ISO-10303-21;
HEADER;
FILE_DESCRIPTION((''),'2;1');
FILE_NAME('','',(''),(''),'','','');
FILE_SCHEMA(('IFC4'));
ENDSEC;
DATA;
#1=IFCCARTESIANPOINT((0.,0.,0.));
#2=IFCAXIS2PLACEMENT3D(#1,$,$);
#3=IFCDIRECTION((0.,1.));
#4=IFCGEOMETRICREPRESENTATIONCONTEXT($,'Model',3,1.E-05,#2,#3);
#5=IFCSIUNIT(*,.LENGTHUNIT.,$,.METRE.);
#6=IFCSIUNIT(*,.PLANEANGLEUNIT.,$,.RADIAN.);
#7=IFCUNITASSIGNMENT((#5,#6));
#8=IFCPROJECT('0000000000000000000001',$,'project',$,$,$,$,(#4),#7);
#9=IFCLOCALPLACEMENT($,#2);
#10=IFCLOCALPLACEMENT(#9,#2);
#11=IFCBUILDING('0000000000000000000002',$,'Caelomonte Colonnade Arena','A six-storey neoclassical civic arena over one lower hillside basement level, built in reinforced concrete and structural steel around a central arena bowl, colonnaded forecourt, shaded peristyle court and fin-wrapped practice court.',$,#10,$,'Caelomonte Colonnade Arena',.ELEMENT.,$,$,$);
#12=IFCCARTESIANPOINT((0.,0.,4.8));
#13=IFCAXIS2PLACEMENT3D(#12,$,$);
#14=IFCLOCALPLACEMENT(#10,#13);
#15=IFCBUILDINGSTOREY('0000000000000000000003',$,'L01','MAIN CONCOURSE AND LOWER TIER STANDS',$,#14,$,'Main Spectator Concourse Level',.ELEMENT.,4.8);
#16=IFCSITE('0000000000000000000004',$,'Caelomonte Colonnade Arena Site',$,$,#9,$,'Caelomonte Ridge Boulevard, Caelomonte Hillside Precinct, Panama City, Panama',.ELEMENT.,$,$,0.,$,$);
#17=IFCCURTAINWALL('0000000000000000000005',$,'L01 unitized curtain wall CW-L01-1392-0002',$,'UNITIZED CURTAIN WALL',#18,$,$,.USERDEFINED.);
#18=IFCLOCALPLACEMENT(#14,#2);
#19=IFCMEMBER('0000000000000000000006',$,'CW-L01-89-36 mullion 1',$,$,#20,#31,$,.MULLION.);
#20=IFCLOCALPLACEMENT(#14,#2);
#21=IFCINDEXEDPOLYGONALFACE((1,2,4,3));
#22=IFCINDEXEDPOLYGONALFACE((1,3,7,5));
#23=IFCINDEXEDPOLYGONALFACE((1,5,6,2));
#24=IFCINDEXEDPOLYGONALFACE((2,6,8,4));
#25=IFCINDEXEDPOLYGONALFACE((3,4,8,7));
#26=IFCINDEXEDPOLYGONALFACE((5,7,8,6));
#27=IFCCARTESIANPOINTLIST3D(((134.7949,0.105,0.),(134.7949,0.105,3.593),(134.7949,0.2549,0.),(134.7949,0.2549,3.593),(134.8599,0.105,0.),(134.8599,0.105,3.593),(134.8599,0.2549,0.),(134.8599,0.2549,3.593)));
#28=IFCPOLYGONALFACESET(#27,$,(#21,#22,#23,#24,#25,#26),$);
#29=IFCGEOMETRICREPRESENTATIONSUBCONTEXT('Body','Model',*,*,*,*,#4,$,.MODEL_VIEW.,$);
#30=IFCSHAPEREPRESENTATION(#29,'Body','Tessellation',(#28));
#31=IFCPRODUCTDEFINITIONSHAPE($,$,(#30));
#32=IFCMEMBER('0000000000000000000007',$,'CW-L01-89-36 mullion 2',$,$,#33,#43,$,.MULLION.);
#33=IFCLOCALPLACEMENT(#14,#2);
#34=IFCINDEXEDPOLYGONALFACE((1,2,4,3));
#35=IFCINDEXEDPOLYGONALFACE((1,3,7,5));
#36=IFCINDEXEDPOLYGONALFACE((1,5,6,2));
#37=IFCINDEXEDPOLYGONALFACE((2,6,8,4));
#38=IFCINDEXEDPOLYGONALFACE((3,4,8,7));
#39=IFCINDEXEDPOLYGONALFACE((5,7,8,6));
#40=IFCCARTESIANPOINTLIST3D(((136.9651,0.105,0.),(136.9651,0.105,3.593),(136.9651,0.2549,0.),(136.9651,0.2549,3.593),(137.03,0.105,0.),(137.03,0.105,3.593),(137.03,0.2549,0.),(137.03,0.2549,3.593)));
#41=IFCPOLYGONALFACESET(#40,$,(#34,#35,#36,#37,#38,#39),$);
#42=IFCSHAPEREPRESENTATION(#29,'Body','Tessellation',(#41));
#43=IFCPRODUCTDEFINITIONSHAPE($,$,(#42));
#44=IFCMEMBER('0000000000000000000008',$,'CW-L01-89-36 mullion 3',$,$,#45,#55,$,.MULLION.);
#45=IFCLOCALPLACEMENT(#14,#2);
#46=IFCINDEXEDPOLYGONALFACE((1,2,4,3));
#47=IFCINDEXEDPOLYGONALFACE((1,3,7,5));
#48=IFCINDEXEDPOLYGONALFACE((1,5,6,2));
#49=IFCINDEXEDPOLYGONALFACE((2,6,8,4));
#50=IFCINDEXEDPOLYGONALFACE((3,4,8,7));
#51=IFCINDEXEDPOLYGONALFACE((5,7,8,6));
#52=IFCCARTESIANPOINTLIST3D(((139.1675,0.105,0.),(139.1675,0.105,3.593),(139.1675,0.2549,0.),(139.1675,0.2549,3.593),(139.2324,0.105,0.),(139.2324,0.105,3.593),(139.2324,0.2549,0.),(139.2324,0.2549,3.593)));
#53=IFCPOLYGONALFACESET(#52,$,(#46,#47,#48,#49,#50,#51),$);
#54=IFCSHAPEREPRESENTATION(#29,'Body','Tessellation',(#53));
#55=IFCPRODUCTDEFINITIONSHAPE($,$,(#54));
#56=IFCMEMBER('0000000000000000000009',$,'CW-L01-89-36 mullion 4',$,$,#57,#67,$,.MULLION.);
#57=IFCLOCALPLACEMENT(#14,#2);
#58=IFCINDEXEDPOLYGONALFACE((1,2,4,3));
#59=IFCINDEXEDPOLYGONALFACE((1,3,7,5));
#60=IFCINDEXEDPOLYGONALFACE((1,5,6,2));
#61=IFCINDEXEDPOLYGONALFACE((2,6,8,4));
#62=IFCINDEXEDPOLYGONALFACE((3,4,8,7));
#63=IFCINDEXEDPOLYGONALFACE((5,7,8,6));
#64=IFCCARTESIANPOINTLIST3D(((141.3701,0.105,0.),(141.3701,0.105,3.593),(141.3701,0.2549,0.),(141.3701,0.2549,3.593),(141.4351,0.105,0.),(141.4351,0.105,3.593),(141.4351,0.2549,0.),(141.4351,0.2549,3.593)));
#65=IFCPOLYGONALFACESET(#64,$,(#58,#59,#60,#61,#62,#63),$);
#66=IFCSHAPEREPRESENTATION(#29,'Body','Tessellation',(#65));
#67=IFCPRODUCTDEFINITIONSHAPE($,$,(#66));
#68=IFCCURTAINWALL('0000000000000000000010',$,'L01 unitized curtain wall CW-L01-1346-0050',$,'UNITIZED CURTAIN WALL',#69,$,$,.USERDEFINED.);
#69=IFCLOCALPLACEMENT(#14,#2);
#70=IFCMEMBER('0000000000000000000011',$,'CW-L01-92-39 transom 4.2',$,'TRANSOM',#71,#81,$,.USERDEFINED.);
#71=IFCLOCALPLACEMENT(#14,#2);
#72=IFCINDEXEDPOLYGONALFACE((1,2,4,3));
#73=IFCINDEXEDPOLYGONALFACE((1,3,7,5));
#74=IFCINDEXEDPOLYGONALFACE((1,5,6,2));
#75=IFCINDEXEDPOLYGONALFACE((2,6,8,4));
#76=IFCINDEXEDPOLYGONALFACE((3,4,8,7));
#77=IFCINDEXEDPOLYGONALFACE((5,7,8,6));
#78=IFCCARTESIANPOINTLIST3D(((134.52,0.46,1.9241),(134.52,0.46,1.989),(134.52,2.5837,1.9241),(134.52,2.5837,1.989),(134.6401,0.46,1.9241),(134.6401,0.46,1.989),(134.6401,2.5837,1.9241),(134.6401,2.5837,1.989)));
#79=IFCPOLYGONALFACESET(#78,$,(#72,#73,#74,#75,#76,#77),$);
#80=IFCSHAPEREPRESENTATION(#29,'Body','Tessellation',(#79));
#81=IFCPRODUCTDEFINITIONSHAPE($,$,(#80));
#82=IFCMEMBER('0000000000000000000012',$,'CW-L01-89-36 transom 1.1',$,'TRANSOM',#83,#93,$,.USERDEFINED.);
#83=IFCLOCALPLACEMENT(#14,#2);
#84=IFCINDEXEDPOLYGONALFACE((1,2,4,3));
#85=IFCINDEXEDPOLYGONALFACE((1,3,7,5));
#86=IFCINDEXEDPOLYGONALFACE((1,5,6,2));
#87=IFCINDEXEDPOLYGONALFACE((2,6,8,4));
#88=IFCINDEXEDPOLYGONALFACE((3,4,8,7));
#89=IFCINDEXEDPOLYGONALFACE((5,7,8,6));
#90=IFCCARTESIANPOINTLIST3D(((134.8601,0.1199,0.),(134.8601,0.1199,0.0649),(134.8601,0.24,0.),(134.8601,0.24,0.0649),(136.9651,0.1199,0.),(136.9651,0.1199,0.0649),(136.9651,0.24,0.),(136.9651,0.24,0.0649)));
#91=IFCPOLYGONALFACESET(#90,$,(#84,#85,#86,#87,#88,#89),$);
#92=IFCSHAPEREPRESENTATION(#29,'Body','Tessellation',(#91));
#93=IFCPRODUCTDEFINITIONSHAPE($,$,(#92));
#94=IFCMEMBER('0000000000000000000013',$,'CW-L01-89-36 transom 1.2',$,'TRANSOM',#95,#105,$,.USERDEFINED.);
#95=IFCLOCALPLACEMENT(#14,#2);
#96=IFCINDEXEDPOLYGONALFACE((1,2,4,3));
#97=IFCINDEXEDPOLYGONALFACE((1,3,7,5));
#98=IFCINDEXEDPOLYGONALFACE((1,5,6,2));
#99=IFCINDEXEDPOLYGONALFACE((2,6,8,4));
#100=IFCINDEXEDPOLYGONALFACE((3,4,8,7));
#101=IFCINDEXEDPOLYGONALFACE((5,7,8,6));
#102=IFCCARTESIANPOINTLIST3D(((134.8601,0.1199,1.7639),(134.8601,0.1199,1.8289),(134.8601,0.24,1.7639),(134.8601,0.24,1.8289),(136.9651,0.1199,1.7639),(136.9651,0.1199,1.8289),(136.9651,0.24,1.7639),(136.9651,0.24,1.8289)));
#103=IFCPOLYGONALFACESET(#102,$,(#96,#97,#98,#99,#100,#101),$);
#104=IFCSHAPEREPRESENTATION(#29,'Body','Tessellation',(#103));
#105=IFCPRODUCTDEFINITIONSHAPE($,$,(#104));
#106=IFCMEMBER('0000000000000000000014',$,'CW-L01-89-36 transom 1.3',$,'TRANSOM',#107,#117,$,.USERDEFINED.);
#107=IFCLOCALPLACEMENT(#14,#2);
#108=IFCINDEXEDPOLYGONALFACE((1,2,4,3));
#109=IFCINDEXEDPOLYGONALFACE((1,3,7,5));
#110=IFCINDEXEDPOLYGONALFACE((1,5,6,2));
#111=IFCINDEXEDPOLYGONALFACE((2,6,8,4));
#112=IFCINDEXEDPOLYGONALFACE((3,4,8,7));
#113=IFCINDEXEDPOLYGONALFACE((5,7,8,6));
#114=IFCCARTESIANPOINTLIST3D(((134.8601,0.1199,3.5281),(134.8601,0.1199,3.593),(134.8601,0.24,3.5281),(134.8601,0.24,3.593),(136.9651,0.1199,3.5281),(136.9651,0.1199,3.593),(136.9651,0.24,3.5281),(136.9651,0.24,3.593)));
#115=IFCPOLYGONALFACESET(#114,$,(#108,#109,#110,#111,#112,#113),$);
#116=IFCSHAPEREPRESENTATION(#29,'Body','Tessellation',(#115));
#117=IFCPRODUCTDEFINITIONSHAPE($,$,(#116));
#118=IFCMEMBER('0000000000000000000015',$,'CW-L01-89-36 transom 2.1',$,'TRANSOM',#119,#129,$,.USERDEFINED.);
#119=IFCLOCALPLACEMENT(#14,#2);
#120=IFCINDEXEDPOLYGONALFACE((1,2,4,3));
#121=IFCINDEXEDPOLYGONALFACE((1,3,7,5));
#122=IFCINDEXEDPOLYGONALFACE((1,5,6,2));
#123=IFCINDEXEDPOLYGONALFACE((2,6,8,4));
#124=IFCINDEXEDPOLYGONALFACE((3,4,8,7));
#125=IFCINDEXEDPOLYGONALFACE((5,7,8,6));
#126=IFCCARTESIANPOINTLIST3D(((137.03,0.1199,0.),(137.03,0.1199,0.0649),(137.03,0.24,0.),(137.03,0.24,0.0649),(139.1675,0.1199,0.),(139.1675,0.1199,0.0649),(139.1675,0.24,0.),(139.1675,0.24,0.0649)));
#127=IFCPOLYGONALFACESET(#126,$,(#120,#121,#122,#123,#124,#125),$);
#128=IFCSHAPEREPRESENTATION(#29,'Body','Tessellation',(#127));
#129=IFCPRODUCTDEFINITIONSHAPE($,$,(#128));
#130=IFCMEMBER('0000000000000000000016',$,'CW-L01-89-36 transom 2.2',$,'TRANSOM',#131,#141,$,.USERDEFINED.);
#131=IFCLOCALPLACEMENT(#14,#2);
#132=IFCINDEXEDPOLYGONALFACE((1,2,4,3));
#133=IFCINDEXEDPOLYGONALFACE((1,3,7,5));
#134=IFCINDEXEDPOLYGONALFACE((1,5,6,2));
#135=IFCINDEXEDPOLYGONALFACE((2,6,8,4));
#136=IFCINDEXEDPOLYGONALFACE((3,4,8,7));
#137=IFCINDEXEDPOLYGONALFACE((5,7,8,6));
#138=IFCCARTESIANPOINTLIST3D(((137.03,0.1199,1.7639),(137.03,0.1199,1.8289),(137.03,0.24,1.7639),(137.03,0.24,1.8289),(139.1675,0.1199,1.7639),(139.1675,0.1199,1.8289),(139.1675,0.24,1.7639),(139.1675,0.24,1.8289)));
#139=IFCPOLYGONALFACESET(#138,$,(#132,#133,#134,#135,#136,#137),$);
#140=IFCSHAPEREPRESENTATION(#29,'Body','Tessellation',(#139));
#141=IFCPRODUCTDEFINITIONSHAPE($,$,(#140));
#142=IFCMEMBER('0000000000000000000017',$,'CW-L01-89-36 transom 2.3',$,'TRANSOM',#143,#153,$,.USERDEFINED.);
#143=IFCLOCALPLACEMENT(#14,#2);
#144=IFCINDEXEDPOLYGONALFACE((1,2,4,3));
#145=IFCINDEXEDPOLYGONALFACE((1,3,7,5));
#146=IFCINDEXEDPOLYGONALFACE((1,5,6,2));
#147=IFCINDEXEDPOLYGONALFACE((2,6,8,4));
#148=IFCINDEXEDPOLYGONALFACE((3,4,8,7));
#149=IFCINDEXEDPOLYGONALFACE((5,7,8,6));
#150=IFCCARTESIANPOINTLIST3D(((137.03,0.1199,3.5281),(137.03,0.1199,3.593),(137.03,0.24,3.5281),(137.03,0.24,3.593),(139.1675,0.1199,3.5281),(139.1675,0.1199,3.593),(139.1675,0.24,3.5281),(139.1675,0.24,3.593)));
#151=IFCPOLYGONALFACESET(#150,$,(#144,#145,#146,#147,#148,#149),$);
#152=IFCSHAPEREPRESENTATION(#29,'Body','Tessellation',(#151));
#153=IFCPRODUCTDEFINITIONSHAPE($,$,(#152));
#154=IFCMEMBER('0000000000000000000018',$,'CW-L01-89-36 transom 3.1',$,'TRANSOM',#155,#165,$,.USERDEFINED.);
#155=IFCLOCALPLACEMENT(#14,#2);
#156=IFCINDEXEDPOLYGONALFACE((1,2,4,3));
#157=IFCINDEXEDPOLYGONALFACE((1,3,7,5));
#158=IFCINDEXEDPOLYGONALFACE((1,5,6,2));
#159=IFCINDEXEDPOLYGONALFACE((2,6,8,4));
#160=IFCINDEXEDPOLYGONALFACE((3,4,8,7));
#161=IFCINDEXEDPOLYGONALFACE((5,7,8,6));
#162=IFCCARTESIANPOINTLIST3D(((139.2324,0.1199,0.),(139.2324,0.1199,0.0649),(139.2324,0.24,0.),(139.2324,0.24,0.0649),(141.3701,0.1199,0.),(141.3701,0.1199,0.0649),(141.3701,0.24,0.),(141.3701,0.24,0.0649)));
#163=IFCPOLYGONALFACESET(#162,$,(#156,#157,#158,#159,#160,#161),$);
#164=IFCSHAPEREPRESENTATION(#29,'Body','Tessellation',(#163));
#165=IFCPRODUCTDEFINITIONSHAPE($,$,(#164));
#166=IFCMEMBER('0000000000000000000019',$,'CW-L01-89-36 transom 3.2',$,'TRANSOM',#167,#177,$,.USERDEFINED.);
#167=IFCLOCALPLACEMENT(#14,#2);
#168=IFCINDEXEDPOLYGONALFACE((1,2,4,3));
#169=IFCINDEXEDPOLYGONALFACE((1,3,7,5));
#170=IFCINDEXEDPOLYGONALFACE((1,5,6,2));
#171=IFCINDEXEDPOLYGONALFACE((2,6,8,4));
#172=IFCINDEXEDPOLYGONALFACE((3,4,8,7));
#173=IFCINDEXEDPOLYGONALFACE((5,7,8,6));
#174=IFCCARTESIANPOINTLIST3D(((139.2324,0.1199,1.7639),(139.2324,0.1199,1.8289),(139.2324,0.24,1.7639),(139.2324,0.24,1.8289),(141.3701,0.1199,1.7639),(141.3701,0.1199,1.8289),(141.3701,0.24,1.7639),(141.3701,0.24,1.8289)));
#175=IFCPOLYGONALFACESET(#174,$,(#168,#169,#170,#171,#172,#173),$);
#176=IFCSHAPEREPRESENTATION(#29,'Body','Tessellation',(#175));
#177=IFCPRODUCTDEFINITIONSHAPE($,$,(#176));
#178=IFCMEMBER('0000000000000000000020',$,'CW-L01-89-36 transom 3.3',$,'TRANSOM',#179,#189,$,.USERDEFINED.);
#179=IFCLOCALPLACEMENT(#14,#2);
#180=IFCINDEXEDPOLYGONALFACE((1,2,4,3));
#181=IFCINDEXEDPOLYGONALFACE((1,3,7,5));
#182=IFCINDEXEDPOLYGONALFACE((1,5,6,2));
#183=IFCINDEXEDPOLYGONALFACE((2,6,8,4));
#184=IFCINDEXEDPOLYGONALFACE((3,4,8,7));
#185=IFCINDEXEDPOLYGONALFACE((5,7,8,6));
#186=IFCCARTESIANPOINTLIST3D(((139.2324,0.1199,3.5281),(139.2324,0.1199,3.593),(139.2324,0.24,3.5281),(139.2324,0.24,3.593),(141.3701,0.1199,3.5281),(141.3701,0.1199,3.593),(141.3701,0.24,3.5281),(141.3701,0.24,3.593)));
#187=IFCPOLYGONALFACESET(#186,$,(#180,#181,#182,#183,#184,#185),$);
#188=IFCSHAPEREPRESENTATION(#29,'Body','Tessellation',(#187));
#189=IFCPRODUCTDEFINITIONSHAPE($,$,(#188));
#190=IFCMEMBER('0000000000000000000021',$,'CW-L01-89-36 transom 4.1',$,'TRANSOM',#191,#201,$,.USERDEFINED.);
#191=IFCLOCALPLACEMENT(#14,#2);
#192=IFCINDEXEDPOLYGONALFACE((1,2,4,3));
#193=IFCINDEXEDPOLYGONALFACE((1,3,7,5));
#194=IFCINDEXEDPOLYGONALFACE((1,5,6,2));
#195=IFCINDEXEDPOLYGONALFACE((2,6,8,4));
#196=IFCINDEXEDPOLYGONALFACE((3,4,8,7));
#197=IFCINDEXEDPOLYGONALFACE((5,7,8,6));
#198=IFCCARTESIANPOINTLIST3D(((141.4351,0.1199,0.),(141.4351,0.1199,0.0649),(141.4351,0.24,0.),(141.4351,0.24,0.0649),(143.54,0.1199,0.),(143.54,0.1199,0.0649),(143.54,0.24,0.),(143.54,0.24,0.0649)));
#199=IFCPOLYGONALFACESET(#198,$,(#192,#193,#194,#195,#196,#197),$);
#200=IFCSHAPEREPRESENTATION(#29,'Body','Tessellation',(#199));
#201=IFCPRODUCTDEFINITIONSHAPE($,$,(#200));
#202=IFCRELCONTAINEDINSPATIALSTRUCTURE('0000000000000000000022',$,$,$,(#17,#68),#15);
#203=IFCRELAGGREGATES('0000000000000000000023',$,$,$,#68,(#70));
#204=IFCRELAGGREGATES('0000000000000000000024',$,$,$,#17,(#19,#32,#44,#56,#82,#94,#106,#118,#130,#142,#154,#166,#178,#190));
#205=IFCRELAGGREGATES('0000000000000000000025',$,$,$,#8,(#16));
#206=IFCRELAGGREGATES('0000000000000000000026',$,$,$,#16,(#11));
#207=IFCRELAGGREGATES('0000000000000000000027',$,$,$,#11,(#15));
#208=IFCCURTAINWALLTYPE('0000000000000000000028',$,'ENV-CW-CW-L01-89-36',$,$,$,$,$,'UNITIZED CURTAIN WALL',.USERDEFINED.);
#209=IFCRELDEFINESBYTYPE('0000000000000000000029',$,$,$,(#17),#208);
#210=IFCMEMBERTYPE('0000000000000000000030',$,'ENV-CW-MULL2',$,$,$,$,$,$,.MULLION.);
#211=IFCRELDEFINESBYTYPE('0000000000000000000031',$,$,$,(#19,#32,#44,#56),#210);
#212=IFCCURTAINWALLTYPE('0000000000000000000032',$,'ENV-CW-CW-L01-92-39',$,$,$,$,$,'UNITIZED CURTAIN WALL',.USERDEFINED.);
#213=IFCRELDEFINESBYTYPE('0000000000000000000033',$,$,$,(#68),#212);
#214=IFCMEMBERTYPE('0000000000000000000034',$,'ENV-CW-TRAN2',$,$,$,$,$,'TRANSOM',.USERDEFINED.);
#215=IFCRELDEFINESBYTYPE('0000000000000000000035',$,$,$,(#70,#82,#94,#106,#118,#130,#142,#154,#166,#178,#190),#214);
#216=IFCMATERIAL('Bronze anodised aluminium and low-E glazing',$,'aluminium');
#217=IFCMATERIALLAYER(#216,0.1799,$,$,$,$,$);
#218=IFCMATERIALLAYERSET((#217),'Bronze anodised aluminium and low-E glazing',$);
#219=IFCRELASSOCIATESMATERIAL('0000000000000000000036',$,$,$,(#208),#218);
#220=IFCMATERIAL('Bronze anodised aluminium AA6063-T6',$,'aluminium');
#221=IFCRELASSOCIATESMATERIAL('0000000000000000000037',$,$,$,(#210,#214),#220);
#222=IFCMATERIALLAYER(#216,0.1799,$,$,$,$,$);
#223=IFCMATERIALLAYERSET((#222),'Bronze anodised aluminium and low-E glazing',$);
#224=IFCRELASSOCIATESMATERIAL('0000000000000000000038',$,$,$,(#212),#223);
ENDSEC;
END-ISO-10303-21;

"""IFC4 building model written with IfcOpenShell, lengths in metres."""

from ifc_helpers import new_model, si_unit, direction, frame, origin, origin_2d, place, context, subcontext, project, spatial, rectangle, extrude, material, layer, layer_set, material_profile, profile_set, type_object, element, aggregate, save


model = new_model("IFC4")

# Units and contexts
model_context = context("Model", 3, precision=1e-05, world=origin(), true_north=direction((0.0, 1.0)))
body_context = subcontext(model_context, "Body", "Model", "MODEL_VIEW")
ifc_project = project(units=[si_unit("LENGTHUNIT", "METRE"), si_unit("PLANEANGLEUNIT", "RADIAN")], contexts=[model_context])

# Site, building, storey
site_placement = place(None, origin())
site = spatial("IfcSite", under=ifc_project, at=site_placement, Name="Caelomonte Colonnade Arena Site", LongName="Caelomonte Ridge Boulevard, Caelomonte Hillside Precinct, Panama City, Panama", CompositionType="ELEMENT", RefElevation=0.0)
building_placement = place(site_placement, origin())
building = spatial("IfcBuilding", under=site, at=building_placement, Name="Caelomonte Colonnade Arena", Description="A six-storey neoclassical civic arena over one lower hillside basement level, built in reinforced concrete and structural steel around a central arena bowl, colonnaded forecourt, shaded peristyle court and fin-wrapped practice court.", LongName="Caelomonte Colonnade Arena", CompositionType="ELEMENT")
storey_placement = place(building_placement, frame((0.0, 0.0, 4.8)))
storey = spatial("IfcBuildingStorey", under=building, at=storey_placement, Name="L01", Description="MAIN CONCOURSE AND LOWER TIER STANDS", LongName="Main Spectator Concourse Level", CompositionType="ELEMENT", Elevation=4.8)

# Curtain wall, members
ifc_material_1 = material(Name="Bronze anodised aluminium and low-E glazing", Category="aluminium")
ifc_layer_1 = layer(ifc_material_1, 0.1799)
ifc_layer_set_1 = layer_set([ifc_layer_1], Name="Bronze anodised aluminium and low-E glazing")
curtain_wall_type_1 = type_object("IfcCurtainWallType", Name="ENV-CW-CW-L01-89-36", ElementType="UNITIZED CURTAIN WALL", PredefinedType="USERDEFINED", material=ifc_layer_set_1)
curtain_wall_1_placement = place(storey_placement, origin())
curtain_wall_1 = element("IfcCurtainWall", 1, at=curtain_wall_1_placement, inside=storey, type_object=curtain_wall_type_1, Name="L01 unitized curtain wall CW-L01-1392-0002", ObjectType="UNITIZED CURTAIN WALL", PredefinedType="USERDEFINED")
ifc_material_2 = material(Name="Bronze anodised aluminium AA6063-T6", Category="aluminium")
ifc_material_profile_1 = material_profile(ifc_material_2, rectangle(XDim=0.0649, YDim=0.1499, at=origin_2d()), Name="CWM-65X150")
ifc_profile_set_1 = profile_set([ifc_material_profile_1], Name="Bronze anodised aluminium AA6063-T6")
member_type_1 = type_object("IfcMemberType", Name="ENV-CW-MULL2", PredefinedType="MULLION", material=ifc_profile_set_1)
member_1_placement = place(storey_placement, frame((134.8274, 0.1799, 0.0), z_axis=(0.0, 0.0, 1.0), x_axis=(1.0, 0.0, 0.0)))
member_1 = element("IfcMember", 2, at=member_1_placement, type_object=member_type_1, Name="CW-L01-89-36 mullion 1", PredefinedType="MULLION", context=body_context, shape_type="SweptSolid", body=[
    extrude(rectangle(XDim=0.0649, YDim=0.1499, at=origin_2d()), origin(), (0.0, 0.0, 1.0), 3.593),
])
member_2_placement = place(storey_placement, frame((136.9976, 0.1799, 0.0), z_axis=(0.0, 0.0, 1.0), x_axis=(1.0, 0.0, 0.0)))
member_2 = element("IfcMember", 3, at=member_2_placement, type_object=member_type_1, Name="CW-L01-89-36 mullion 2", PredefinedType="MULLION", context=body_context, shape_type="SweptSolid", body=[
    extrude(rectangle(XDim=0.0649, YDim=0.1499, at=origin_2d()), origin(), (0.0, 0.0, 1.0), 3.593),
])
member_3_placement = place(storey_placement, frame((139.2, 0.1799, 0.0), z_axis=(0.0, 0.0, 1.0), x_axis=(1.0, 0.0, 0.0)))
member_3 = element("IfcMember", 4, at=member_3_placement, type_object=member_type_1, Name="CW-L01-89-36 mullion 3", PredefinedType="MULLION", context=body_context, shape_type="SweptSolid", body=[
    extrude(rectangle(XDim=0.0649, YDim=0.1499, at=origin_2d()), origin(), (0.0, 0.0, 1.0), 3.593),
])
member_4_placement = place(storey_placement, frame((141.4026, 0.1799, 0.0), z_axis=(0.0, 0.0, 1.0), x_axis=(1.0, 0.0, 0.0)))
member_4 = element("IfcMember", 5, at=member_4_placement, type_object=member_type_1, Name="CW-L01-89-36 mullion 4", PredefinedType="MULLION", context=body_context, shape_type="SweptSolid", body=[
    extrude(rectangle(XDim=0.0649, YDim=0.1499, at=origin_2d()), origin(), (0.0, 0.0, 1.0), 3.593),
])

# Curtain wall, member
ifc_layer_2 = layer(ifc_material_1, 0.1799)
ifc_layer_set_2 = layer_set([ifc_layer_2], Name="Bronze anodised aluminium and low-E glazing")
curtain_wall_type_2 = type_object("IfcCurtainWallType", Name="ENV-CW-CW-L01-92-39", ElementType="UNITIZED CURTAIN WALL", PredefinedType="USERDEFINED", material=ifc_layer_set_2)
curtain_wall_2_placement = place(storey_placement, origin())
curtain_wall_2 = element("IfcCurtainWall", 6, at=curtain_wall_2_placement, inside=storey, type_object=curtain_wall_type_2, Name="L01 unitized curtain wall CW-L01-1346-0050", ObjectType="UNITIZED CURTAIN WALL", PredefinedType="USERDEFINED")
ifc_material_profile_2 = material_profile(ifc_material_2, rectangle(XDim=0.0649, YDim=0.1201, at=origin_2d()), Name="CWT-65X120")
ifc_profile_set_2 = profile_set([ifc_material_profile_2], Name="Bronze anodised aluminium AA6063-T6")
member_type_2 = type_object("IfcMemberType", Name="ENV-CW-TRAN2", ElementType="TRANSOM", PredefinedType="USERDEFINED", material=ifc_profile_set_2)
member_5_placement = place(storey_placement, frame((134.5801, 2.5837, 1.9565), z_axis=(0.0, -1.0, 0.0), x_axis=(0.0, 0.0, 1.0)))
member_5 = element("IfcMember", 7, at=member_5_placement, type_object=member_type_2, Name="CW-L01-92-39 transom 4.2", ObjectType="TRANSOM", PredefinedType="USERDEFINED", context=body_context, shape_type="SweptSolid", body=[
    extrude(rectangle(XDim=0.0649, YDim=0.1201, at=origin_2d()), origin(), (0.0, 0.0, 1.0), 2.1238),
])
aggregate(curtain_wall_2, [member_5])

# Members
member_6_placement = place(storey_placement, frame((134.8601, 0.1799, 0.0325), z_axis=(1.0, 0.0, 0.0), x_axis=(0.0, 0.0, 1.0)))
member_6 = element("IfcMember", 8, at=member_6_placement, type_object=member_type_2, Name="CW-L01-89-36 transom 1.1", ObjectType="TRANSOM", PredefinedType="USERDEFINED", context=body_context, shape_type="SweptSolid", body=[
    extrude(rectangle(XDim=0.0649, YDim=0.1201, at=origin_2d()), origin(), (0.0, 0.0, 1.0), 2.105),
])
member_7_placement = place(storey_placement, frame((134.8601, 0.1799, 1.7964), z_axis=(1.0, 0.0, 0.0), x_axis=(0.0, 0.0, 1.0)))
member_7 = element("IfcMember", 9, at=member_7_placement, type_object=member_type_2, Name="CW-L01-89-36 transom 1.2", ObjectType="TRANSOM", PredefinedType="USERDEFINED", context=body_context, shape_type="SweptSolid", body=[
    extrude(rectangle(XDim=0.0649, YDim=0.1201, at=origin_2d()), origin(), (0.0, 0.0, 1.0), 2.105),
])
member_8_placement = place(storey_placement, frame((134.8601, 0.1799, 3.5605), z_axis=(1.0, 0.0, 0.0), x_axis=(0.0, 0.0, 1.0)))
member_8 = element("IfcMember", 10, at=member_8_placement, type_object=member_type_2, Name="CW-L01-89-36 transom 1.3", ObjectType="TRANSOM", PredefinedType="USERDEFINED", context=body_context, shape_type="SweptSolid", body=[
    extrude(rectangle(XDim=0.0649, YDim=0.1201, at=origin_2d()), origin(), (0.0, 0.0, 1.0), 2.105),
])
member_9_placement = place(storey_placement, frame((137.03, 0.1799, 0.0325), z_axis=(1.0, 0.0, 0.0), x_axis=(0.0, 0.0, 1.0)))
member_9 = element("IfcMember", 11, at=member_9_placement, type_object=member_type_2, Name="CW-L01-89-36 transom 2.1", ObjectType="TRANSOM", PredefinedType="USERDEFINED", context=body_context, shape_type="SweptSolid", body=[
    extrude(rectangle(XDim=0.0649, YDim=0.1201, at=origin_2d()), origin(), (0.0, 0.0, 1.0), 2.1375),
])
member_10_placement = place(storey_placement, frame((137.03, 0.1799, 1.7964), z_axis=(1.0, 0.0, 0.0), x_axis=(0.0, 0.0, 1.0)))
member_10 = element("IfcMember", 12, at=member_10_placement, type_object=member_type_2, Name="CW-L01-89-36 transom 2.2", ObjectType="TRANSOM", PredefinedType="USERDEFINED", context=body_context, shape_type="SweptSolid", body=[
    extrude(rectangle(XDim=0.0649, YDim=0.1201, at=origin_2d()), origin(), (0.0, 0.0, 1.0), 2.1375),
])
member_11_placement = place(storey_placement, frame((137.03, 0.1799, 3.5605), z_axis=(1.0, 0.0, 0.0), x_axis=(0.0, 0.0, 1.0)))
member_11 = element("IfcMember", 13, at=member_11_placement, type_object=member_type_2, Name="CW-L01-89-36 transom 2.3", ObjectType="TRANSOM", PredefinedType="USERDEFINED", context=body_context, shape_type="SweptSolid", body=[
    extrude(rectangle(XDim=0.0649, YDim=0.1201, at=origin_2d()), origin(), (0.0, 0.0, 1.0), 2.1375),
])
member_12_placement = place(storey_placement, frame((139.2324, 0.1799, 0.0325), z_axis=(1.0, 0.0, 0.0), x_axis=(0.0, 0.0, 1.0)))
member_12 = element("IfcMember", 14, at=member_12_placement, type_object=member_type_2, Name="CW-L01-89-36 transom 3.1", ObjectType="TRANSOM", PredefinedType="USERDEFINED", context=body_context, shape_type="SweptSolid", body=[
    extrude(rectangle(XDim=0.0649, YDim=0.1201, at=origin_2d()), origin(), (0.0, 0.0, 1.0), 2.1377),
])
member_13_placement = place(storey_placement, frame((139.2324, 0.1799, 1.7964), z_axis=(1.0, 0.0, 0.0), x_axis=(0.0, 0.0, 1.0)))
member_13 = element("IfcMember", 15, at=member_13_placement, type_object=member_type_2, Name="CW-L01-89-36 transom 3.2", ObjectType="TRANSOM", PredefinedType="USERDEFINED", context=body_context, shape_type="SweptSolid", body=[
    extrude(rectangle(XDim=0.0649, YDim=0.1201, at=origin_2d()), origin(), (0.0, 0.0, 1.0), 2.1377),
])
member_14_placement = place(storey_placement, frame((139.2324, 0.1799, 3.5605), z_axis=(1.0, 0.0, 0.0), x_axis=(0.0, 0.0, 1.0)))
member_14 = element("IfcMember", 16, at=member_14_placement, type_object=member_type_2, Name="CW-L01-89-36 transom 3.3", ObjectType="TRANSOM", PredefinedType="USERDEFINED", context=body_context, shape_type="SweptSolid", body=[
    extrude(rectangle(XDim=0.0649, YDim=0.1201, at=origin_2d()), origin(), (0.0, 0.0, 1.0), 2.1377),
])
member_15_placement = place(storey_placement, frame((141.4351, 0.1799, 0.0325), z_axis=(1.0, 0.0, 0.0), x_axis=(0.0, 0.0, 1.0)))
member_15 = element("IfcMember", 17, at=member_15_placement, type_object=member_type_2, Name="CW-L01-89-36 transom 4.1", ObjectType="TRANSOM", PredefinedType="USERDEFINED", context=body_context, shape_type="SweptSolid", body=[
    extrude(rectangle(XDim=0.0649, YDim=0.1201, at=origin_2d()), origin(), (0.0, 0.0, 1.0), 2.105),
])

aggregate(curtain_wall_1, [member_1, member_2, member_3, member_4, member_6, member_7, member_8, member_9, member_10, member_11, member_12, member_13, member_14, member_15])

save(model, "model.ifc")
